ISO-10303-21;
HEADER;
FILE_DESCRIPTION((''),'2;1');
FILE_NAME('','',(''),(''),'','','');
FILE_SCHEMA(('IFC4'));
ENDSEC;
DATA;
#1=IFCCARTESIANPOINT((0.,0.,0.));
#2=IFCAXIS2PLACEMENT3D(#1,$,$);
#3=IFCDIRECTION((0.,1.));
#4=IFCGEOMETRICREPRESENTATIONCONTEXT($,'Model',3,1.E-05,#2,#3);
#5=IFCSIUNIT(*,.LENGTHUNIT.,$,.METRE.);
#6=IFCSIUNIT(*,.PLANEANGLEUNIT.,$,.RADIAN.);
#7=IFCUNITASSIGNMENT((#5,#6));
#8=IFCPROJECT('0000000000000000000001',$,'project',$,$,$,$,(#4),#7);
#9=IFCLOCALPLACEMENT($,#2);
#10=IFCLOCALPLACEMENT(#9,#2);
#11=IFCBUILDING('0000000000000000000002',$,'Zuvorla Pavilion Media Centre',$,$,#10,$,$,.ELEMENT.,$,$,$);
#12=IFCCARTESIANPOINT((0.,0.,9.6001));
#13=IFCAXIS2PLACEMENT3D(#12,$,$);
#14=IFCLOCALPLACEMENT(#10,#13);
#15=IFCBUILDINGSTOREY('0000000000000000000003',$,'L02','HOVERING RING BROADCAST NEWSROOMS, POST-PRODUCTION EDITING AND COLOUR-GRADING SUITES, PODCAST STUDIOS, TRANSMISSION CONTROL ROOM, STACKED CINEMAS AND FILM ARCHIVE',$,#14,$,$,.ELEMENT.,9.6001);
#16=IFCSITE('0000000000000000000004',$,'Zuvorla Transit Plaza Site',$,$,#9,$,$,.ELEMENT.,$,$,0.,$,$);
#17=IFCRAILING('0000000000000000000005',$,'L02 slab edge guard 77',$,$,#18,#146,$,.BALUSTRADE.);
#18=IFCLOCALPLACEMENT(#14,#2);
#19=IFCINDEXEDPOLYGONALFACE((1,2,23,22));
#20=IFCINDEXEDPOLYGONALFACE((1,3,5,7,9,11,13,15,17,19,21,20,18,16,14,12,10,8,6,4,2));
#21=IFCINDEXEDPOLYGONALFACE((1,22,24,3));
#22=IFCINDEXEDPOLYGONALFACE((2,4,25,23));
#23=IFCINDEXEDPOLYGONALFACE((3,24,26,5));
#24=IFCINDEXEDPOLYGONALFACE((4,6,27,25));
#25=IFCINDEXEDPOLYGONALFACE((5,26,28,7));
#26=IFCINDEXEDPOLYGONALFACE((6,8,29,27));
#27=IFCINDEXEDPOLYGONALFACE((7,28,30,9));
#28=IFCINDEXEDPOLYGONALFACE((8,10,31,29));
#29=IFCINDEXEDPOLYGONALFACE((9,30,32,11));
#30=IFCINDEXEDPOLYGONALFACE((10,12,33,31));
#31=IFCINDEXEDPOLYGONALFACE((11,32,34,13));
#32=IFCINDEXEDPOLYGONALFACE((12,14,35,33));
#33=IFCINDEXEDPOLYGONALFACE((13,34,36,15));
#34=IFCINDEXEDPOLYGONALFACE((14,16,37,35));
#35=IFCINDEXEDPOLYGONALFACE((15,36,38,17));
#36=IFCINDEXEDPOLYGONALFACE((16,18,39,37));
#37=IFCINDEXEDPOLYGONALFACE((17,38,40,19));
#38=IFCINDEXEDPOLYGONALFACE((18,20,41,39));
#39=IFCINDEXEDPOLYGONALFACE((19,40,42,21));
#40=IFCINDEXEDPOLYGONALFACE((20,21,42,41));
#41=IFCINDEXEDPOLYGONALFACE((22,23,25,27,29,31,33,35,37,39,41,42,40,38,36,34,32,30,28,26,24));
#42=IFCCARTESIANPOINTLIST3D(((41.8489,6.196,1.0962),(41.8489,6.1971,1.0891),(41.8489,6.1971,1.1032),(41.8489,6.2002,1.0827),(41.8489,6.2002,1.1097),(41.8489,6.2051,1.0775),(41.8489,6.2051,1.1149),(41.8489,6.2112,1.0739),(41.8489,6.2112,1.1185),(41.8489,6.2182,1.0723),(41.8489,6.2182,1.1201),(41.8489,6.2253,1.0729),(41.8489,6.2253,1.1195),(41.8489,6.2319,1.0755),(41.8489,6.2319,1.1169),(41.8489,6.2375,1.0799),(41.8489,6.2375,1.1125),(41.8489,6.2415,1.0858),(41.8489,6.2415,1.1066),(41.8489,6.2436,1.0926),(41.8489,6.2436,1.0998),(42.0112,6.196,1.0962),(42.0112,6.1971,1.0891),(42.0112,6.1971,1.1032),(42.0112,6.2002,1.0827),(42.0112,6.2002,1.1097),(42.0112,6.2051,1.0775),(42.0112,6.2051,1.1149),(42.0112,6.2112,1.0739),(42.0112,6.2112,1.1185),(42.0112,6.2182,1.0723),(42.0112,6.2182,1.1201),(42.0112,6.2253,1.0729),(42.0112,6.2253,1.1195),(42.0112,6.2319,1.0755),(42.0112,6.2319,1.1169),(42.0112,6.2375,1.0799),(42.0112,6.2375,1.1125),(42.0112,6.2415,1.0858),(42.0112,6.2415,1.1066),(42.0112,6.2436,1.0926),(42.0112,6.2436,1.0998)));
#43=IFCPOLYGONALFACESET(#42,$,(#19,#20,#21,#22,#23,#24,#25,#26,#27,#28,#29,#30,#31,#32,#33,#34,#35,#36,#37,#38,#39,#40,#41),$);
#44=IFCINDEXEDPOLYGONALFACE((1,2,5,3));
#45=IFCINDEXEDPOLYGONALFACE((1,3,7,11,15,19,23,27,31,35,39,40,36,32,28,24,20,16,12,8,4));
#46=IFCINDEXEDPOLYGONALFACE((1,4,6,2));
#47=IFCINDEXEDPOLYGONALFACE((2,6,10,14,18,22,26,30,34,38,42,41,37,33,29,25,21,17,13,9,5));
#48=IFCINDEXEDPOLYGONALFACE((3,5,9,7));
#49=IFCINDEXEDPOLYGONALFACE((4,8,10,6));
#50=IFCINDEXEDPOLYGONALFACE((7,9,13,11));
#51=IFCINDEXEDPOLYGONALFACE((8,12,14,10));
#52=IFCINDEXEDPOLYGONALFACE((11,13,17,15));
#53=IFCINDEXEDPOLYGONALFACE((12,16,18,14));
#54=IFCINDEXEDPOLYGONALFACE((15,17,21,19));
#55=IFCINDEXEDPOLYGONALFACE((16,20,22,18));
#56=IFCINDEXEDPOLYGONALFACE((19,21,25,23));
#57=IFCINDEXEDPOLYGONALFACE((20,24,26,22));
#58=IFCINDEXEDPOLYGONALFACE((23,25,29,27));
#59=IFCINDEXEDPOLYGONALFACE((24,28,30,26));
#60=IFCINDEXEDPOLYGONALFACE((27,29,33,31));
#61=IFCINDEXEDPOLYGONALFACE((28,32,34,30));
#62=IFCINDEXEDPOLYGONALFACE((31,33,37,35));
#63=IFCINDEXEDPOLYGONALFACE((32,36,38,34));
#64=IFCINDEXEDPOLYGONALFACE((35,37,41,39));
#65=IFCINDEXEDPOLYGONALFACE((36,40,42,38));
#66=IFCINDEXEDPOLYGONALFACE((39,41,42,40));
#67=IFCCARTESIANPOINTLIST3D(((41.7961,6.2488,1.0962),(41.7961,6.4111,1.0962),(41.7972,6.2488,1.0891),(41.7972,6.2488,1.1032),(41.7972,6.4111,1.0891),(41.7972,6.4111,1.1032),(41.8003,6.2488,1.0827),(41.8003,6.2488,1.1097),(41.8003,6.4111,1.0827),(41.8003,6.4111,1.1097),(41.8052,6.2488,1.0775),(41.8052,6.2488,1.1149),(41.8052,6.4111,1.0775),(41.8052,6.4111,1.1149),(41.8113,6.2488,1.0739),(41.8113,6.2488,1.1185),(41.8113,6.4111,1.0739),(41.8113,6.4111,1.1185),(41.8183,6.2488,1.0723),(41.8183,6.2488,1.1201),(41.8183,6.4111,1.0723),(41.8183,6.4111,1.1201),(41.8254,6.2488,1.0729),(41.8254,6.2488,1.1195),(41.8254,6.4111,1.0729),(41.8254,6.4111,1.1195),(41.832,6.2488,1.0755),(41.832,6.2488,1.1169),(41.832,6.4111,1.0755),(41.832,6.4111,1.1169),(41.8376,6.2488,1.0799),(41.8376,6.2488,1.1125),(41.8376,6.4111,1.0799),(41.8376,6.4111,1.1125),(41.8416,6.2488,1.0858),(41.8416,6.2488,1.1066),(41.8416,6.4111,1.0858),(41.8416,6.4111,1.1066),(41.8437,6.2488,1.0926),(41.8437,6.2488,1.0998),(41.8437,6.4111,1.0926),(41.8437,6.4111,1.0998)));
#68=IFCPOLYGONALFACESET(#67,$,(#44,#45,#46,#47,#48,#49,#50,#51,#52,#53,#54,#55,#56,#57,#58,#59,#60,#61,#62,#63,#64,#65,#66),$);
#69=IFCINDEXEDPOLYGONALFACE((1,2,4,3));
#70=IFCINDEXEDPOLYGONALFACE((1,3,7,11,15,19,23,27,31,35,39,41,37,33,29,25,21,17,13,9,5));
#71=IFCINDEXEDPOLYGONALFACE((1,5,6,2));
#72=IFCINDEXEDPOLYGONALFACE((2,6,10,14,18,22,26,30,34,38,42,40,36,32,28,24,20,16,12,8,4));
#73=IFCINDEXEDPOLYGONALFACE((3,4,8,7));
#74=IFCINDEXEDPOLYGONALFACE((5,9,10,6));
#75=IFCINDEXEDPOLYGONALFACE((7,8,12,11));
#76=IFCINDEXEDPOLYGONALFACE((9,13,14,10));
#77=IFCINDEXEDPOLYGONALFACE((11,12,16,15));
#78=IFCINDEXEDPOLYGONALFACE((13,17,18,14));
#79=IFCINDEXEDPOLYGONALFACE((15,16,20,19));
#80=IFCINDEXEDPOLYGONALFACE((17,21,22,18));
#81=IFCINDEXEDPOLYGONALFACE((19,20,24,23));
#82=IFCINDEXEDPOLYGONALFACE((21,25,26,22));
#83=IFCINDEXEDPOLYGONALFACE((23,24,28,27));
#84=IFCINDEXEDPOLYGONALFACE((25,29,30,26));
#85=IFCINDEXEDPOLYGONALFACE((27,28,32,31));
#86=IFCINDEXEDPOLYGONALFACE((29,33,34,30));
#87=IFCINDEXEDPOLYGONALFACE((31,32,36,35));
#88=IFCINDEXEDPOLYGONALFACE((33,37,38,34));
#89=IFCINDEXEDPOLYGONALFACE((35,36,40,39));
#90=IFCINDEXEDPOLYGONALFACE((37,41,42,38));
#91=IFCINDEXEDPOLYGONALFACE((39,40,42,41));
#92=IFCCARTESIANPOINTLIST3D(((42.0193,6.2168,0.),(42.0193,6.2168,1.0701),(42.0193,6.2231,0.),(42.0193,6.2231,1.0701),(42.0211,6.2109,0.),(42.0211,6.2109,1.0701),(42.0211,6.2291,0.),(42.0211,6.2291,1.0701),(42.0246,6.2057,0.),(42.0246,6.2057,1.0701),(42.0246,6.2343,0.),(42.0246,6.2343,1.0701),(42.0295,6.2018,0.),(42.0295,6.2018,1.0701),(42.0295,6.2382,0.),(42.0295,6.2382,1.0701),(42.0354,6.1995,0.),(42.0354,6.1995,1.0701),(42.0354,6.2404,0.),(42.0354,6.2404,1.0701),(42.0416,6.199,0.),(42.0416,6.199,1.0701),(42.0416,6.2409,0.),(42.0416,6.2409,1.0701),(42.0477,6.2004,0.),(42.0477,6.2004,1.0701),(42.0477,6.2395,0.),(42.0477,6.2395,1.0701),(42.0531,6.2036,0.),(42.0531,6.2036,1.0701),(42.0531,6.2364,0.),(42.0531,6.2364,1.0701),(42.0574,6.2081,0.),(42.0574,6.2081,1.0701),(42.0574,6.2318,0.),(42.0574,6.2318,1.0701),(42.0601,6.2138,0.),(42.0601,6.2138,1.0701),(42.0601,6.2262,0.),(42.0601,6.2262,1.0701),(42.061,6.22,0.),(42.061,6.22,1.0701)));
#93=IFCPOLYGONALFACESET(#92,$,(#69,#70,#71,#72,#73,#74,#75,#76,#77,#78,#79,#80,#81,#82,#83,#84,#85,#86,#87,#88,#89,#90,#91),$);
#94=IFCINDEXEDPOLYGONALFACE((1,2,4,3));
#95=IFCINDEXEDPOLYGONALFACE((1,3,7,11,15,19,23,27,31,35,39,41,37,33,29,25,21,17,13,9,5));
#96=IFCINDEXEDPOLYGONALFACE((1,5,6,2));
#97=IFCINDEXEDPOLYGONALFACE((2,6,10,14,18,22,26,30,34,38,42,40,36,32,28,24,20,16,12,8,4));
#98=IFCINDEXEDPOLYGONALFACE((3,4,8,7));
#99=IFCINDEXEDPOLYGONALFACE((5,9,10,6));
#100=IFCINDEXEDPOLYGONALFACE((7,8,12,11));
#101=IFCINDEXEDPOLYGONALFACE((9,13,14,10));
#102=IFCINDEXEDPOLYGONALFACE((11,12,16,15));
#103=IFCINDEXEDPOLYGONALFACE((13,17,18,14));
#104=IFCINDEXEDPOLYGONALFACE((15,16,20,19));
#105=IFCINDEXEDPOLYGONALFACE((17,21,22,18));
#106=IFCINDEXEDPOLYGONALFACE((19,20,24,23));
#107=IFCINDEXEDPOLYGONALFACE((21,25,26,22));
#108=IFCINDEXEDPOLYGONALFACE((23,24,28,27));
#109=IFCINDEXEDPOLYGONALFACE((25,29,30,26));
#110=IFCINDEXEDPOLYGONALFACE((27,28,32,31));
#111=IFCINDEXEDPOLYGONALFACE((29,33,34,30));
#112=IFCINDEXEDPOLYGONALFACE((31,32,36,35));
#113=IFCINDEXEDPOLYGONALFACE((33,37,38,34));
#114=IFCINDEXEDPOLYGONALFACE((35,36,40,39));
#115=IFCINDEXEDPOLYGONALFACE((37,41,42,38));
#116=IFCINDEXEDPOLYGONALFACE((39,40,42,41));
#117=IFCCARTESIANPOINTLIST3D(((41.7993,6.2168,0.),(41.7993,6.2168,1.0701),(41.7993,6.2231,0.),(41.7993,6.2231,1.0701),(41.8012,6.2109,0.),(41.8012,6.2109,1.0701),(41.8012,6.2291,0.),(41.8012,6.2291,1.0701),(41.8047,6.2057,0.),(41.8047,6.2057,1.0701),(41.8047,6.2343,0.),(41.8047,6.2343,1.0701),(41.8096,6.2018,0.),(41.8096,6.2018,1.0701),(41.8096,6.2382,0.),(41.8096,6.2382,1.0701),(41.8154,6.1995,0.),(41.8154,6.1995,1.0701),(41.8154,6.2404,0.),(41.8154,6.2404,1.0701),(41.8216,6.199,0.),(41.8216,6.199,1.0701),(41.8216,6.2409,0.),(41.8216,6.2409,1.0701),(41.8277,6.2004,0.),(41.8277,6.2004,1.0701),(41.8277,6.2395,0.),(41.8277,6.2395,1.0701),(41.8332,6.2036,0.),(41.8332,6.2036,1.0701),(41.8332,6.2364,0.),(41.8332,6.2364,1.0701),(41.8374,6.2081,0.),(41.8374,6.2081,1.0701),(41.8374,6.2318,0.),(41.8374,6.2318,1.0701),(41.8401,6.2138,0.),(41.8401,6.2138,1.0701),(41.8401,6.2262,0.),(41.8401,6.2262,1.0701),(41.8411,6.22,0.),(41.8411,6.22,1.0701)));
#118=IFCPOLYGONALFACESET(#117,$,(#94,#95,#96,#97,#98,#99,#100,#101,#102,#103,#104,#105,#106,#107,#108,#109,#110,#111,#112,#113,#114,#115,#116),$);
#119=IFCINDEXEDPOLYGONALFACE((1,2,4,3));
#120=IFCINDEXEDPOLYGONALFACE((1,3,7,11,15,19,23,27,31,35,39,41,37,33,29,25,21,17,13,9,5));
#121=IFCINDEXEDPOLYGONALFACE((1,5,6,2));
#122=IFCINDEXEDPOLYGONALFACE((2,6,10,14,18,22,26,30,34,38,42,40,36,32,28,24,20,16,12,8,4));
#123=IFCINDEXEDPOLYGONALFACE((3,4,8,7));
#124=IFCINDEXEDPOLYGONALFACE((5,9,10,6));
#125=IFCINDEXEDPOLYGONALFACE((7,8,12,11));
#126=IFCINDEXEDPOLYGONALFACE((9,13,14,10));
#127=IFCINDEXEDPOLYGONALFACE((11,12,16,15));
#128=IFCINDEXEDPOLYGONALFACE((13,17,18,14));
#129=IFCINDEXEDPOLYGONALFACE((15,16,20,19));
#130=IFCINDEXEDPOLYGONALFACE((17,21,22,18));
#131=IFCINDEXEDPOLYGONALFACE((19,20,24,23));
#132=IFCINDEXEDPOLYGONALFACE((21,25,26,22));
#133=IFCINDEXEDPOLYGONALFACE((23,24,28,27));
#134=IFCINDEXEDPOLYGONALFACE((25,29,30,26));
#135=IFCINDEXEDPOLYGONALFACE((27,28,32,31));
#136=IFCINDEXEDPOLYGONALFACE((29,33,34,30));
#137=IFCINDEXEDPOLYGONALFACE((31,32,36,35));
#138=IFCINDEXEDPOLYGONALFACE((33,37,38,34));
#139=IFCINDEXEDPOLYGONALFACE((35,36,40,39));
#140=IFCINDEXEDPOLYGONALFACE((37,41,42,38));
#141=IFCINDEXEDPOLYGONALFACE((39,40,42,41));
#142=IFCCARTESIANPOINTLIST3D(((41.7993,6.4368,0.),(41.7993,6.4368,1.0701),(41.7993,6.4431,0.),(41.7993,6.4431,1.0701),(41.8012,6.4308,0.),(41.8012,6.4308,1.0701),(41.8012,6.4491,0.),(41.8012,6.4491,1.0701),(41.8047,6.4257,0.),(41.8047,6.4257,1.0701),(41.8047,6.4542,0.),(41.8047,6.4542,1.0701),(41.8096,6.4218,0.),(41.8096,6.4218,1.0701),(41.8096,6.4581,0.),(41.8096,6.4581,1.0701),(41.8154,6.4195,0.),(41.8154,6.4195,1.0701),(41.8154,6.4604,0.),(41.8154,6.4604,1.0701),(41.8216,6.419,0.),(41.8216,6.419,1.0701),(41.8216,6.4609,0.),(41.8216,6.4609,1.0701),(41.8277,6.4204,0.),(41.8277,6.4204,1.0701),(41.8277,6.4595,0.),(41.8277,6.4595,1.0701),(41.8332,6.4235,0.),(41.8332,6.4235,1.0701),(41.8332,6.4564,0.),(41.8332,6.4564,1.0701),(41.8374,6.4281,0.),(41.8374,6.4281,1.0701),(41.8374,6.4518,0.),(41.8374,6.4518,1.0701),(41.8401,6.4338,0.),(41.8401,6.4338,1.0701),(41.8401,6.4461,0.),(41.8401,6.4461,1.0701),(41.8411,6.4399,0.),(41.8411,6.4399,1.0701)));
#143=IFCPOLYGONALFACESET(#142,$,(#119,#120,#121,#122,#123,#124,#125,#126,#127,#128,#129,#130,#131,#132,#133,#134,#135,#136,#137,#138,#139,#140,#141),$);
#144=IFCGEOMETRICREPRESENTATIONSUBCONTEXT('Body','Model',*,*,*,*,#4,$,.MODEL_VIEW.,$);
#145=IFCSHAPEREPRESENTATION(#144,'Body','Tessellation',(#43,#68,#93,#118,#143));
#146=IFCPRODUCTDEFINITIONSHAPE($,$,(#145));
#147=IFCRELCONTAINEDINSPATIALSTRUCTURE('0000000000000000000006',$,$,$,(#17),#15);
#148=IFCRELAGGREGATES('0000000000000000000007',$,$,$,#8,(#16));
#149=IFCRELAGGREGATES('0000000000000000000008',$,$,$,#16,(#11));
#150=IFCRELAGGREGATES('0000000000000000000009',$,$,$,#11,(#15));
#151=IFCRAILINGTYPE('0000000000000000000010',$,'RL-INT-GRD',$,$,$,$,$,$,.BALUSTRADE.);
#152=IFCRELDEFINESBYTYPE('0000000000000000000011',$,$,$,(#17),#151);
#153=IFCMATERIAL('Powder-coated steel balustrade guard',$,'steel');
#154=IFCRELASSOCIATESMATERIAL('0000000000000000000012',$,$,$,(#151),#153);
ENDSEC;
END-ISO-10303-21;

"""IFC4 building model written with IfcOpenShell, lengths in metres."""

from ifc_helpers import new_model, si_unit, direction, frame, origin, origin_2d, place, context, subcontext, project, spatial, circle, extrude, material, type_object, element, save


model = new_model("IFC4")

# Units and contexts
model_context = context("Model", 3, precision=1e-05, world=origin(), true_north=direction((0.0, 1.0)))
body_context = subcontext(model_context, "Body", "Model", "MODEL_VIEW")
ifc_project = project(units=[si_unit("LENGTHUNIT", "METRE"), si_unit("PLANEANGLEUNIT", "RADIAN")], contexts=[model_context])

# Site, building, storey
site_placement = place(None, origin())
site = spatial("IfcSite", under=ifc_project, at=site_placement, Name="Zuvorla Transit Plaza Site", CompositionType="ELEMENT", RefElevation=0.0)
building_placement = place(site_placement, origin())
building = spatial("IfcBuilding", under=site, at=building_placement, Name="Zuvorla Pavilion Media Centre", CompositionType="ELEMENT")
storey_placement = place(building_placement, frame((0.0, 0.0, 9.6001)))
storey = spatial("IfcBuildingStorey", under=building, at=storey_placement, Name="L02", Description="HOVERING RING BROADCAST NEWSROOMS, POST-PRODUCTION EDITING AND COLOUR-GRADING SUITES, PODCAST STUDIOS, TRANSMISSION CONTROL ROOM, STACKED CINEMAS AND FILM ARCHIVE", CompositionType="ELEMENT", Elevation=9.6001)

# Railing
ifc_material_1 = material(Name="Powder-coated steel balustrade guard", Category="steel")
railing_type = type_object("IfcRailingType", Name="RL-INT-GRD", PredefinedType="BALUSTRADE", material=ifc_material_1)
railing_1_placement = place(storey_placement, frame((42.04, 6.22, 0.0)))
element("IfcRailing", 1, at=railing_1_placement, inside=storey, type_object=railing_type, Name="L02 slab edge guard 77", PredefinedType="BALUSTRADE", context=body_context, shape_type="SweptSolid", body=[
    extrude(circle(Radius=0.0239, at=origin_2d()), frame((-0.0288, 0.0, 1.0962), z_axis=(-1.0, 0.0, 0.0), x_axis=(0.0, -1.0, 0.0)), (0.0, 0.0, 1.0), 0.1624),
    extrude(circle(Radius=0.0239, at=origin_2d()), frame((-0.22, 0.0288, 1.0962), z_axis=(0.0, 1.0, 0.0), x_axis=(-1.0, 0.0, 0.0)), (0.0, 0.0, 1.0), 0.1624),
    extrude(circle(Radius=0.021, at=origin_2d()), origin(), (0.0, 0.0, 1.0), 1.0701),
    extrude(circle(Radius=0.021, at=origin_2d()), frame((-0.22, 0.0, 0.0)), (0.0, 0.0, 1.0), 1.0701),
    extrude(circle(Radius=0.021, at=origin_2d()), frame((-0.22, 0.22, 0.0)), (0.0, 0.0, 1.0), 1.0701),
])

save(model, "model.ifc")
